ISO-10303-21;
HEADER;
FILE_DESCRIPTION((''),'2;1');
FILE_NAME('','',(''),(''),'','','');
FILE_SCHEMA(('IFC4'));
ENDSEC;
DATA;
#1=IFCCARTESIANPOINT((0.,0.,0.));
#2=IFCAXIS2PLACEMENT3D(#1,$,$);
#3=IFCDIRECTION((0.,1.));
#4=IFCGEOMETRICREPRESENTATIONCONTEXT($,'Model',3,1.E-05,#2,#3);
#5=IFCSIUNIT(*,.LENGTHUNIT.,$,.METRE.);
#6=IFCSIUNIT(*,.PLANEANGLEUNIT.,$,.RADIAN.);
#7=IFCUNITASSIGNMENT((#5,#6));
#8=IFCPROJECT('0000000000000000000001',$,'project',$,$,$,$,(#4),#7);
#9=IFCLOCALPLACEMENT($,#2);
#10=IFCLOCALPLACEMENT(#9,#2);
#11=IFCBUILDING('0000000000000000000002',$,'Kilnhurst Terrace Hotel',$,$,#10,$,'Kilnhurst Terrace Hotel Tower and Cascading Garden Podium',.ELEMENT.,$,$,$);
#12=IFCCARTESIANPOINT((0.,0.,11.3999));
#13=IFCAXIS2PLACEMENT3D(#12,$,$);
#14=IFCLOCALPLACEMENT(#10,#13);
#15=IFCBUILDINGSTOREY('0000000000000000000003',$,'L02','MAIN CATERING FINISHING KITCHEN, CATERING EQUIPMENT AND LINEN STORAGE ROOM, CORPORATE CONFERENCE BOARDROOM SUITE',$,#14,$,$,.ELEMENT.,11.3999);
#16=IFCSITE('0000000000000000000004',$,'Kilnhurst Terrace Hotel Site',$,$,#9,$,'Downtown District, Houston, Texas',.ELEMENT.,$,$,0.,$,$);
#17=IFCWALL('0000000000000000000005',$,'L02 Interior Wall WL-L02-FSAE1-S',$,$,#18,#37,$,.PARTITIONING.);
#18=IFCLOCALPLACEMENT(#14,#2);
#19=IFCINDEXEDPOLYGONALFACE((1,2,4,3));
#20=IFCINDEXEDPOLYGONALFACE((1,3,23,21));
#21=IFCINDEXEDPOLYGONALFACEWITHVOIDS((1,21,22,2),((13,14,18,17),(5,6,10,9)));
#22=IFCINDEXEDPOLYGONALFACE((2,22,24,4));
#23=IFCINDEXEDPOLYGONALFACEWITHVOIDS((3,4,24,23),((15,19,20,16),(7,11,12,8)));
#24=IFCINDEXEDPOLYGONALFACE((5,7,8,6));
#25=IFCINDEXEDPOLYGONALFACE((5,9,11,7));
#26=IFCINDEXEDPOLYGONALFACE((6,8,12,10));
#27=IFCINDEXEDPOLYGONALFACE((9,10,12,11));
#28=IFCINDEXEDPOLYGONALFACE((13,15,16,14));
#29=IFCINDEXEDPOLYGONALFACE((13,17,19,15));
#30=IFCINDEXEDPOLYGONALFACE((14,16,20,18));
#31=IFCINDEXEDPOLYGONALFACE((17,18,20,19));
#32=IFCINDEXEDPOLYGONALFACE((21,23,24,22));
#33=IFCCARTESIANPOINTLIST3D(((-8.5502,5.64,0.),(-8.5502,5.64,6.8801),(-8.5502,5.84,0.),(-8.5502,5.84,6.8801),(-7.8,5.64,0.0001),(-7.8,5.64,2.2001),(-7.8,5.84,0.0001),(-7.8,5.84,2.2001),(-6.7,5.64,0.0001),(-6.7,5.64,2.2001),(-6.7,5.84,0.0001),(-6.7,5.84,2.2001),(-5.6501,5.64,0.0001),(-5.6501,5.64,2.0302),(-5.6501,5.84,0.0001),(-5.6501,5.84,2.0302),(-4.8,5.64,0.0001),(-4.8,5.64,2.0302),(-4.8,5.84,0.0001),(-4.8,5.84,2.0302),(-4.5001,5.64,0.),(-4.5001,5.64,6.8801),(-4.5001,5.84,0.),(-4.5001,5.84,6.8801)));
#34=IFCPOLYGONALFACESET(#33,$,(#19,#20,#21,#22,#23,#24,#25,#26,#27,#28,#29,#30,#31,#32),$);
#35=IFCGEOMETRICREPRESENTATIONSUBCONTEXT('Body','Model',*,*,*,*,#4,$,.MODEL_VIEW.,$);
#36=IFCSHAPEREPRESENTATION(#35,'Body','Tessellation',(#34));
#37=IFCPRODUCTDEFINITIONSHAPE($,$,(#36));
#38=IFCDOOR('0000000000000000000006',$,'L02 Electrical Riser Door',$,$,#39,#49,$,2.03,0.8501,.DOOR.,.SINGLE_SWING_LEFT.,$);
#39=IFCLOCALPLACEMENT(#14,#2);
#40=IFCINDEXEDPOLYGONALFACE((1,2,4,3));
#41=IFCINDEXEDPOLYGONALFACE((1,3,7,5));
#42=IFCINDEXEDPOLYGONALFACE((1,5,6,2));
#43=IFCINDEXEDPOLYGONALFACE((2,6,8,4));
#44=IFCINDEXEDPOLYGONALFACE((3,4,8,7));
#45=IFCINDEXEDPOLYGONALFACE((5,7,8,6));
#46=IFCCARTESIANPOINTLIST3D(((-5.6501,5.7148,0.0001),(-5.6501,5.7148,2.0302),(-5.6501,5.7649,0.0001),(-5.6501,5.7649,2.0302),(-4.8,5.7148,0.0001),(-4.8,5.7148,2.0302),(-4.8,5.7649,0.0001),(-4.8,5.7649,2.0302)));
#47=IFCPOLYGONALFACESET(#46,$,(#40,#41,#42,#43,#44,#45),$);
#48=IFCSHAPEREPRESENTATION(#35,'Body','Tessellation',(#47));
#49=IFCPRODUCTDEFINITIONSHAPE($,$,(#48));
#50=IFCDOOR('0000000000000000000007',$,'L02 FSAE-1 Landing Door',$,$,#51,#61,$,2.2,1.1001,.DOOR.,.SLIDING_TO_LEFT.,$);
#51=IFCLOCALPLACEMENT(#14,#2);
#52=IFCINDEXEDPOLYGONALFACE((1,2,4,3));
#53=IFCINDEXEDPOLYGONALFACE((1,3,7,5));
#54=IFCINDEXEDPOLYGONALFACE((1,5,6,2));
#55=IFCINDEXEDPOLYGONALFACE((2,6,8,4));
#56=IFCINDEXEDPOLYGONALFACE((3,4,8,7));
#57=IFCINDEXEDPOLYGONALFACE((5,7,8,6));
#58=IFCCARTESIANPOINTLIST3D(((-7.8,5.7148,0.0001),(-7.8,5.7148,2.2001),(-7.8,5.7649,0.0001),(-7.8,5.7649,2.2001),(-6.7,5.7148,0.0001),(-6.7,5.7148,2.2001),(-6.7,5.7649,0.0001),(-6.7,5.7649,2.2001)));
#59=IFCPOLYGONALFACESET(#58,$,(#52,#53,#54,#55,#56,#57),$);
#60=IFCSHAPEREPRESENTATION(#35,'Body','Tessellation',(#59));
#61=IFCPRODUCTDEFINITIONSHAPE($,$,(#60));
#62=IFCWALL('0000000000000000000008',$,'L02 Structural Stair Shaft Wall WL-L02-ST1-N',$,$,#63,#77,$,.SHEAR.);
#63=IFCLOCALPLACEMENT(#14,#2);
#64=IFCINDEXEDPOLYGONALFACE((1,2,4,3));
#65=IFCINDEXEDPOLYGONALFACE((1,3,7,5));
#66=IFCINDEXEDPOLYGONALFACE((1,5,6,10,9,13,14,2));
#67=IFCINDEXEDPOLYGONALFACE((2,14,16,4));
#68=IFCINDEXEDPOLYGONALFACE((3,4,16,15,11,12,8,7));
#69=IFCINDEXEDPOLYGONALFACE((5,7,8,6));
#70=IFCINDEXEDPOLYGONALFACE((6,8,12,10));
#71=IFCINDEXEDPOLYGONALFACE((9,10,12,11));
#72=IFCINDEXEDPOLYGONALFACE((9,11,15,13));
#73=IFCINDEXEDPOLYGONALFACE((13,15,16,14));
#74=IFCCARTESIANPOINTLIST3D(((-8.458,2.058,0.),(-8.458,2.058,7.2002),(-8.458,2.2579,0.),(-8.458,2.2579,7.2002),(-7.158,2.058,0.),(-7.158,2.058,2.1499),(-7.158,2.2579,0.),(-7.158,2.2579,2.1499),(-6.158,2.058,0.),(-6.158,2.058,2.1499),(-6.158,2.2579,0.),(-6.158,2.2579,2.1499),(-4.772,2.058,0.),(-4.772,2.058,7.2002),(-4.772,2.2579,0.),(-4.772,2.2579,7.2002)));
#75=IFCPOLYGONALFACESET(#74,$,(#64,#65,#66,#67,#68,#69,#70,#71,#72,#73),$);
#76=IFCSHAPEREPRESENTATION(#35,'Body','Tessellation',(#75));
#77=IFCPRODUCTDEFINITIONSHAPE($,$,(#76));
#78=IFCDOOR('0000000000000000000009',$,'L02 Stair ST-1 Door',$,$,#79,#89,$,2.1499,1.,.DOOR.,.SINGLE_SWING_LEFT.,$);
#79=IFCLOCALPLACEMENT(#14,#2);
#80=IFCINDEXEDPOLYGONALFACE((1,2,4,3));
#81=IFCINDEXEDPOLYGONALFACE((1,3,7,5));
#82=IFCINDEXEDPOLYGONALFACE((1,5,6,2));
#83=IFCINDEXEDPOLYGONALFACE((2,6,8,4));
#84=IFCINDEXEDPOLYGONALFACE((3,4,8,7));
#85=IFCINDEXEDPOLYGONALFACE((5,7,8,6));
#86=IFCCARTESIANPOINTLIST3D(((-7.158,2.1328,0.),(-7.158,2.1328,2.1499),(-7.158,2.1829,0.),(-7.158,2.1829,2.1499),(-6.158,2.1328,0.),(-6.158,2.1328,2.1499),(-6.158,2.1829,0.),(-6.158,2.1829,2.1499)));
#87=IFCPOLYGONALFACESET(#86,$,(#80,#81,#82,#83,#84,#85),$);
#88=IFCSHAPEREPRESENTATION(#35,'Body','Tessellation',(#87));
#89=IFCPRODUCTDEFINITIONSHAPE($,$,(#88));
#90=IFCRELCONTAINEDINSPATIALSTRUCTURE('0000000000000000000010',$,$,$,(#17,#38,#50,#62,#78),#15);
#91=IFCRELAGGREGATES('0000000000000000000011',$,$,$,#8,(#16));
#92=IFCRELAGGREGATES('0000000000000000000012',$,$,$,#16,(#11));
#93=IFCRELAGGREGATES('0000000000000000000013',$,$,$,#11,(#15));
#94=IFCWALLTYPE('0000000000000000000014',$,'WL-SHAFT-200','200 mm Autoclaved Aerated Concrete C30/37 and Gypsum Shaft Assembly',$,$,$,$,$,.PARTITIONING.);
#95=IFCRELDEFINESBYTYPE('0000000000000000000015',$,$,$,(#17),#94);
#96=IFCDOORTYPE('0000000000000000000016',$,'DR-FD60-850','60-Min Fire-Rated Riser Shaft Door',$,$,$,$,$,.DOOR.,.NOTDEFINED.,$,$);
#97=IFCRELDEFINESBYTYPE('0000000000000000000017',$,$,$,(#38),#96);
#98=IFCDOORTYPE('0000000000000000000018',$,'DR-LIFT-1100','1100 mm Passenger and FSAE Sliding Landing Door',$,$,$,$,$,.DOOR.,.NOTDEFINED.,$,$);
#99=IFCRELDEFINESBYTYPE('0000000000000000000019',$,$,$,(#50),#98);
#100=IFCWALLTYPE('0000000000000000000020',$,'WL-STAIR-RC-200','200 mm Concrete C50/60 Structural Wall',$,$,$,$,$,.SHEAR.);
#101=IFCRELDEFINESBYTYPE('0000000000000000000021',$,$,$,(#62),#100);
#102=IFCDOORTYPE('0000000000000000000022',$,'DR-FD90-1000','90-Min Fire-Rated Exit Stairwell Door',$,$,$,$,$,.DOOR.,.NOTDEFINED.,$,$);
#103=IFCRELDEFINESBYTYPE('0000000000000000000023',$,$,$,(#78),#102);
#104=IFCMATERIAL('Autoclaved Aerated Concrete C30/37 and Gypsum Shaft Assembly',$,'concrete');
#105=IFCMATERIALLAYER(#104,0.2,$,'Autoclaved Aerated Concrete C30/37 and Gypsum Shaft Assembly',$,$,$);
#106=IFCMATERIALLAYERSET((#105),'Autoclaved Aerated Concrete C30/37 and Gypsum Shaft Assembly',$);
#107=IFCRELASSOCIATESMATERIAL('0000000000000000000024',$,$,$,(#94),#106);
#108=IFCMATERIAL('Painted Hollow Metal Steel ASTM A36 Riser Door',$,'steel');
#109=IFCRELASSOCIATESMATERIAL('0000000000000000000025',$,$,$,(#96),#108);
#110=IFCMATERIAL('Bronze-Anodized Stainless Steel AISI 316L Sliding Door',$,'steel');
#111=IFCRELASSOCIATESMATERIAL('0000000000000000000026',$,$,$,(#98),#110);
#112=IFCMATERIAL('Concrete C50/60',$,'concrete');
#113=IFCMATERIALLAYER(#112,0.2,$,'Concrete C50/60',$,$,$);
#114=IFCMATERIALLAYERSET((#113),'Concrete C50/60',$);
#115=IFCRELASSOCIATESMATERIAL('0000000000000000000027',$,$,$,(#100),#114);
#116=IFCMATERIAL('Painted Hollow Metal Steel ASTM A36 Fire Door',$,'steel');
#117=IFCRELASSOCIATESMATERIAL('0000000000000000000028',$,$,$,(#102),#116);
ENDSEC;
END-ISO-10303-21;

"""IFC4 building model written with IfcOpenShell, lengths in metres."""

from ifc_helpers import new_model, si_unit, direction, frame, frame_2d, origin, place, context, subcontext, project, spatial, rectangle, extrude, material, layer, layer_set, type_object, element, fill, save


model = new_model("IFC4")

# Units and contexts
model_context = context("Model", 3, precision=1e-05, world=origin(), true_north=direction((0.0, 1.0)))
body_context = subcontext(model_context, "Body", "Model", "MODEL_VIEW")
ifc_project = project(units=[si_unit("LENGTHUNIT", "METRE"), si_unit("PLANEANGLEUNIT", "RADIAN")], contexts=[model_context])

# Site, building, storey
site_placement = place(None, origin())
site = spatial("IfcSite", under=ifc_project, at=site_placement, Name="Kilnhurst Terrace Hotel Site", LongName="Downtown District, Houston, Texas", CompositionType="ELEMENT", RefElevation=0.0)
building_placement = place(site_placement, origin())
building = spatial("IfcBuilding", under=site, at=building_placement, Name="Kilnhurst Terrace Hotel", LongName="Kilnhurst Terrace Hotel Tower and Cascading Garden Podium", CompositionType="ELEMENT")
storey_placement = place(building_placement, frame((0.0, 0.0, 11.3999)))
storey = spatial("IfcBuildingStorey", under=building, at=storey_placement, Name="L02", Description="MAIN CATERING FINISHING KITCHEN, CATERING EQUIPMENT AND LINEN STORAGE ROOM, CORPORATE CONFERENCE BOARDROOM SUITE", CompositionType="ELEMENT", Elevation=11.3999)

# Shared definitions
ifc_material_1 = material(Name="Concrete C50/60", Category="concrete")

# Wall, openings, doors
ifc_material_2 = material(Name="Autoclaved Aerated Concrete C30/37 and Gypsum Shaft Assembly", Category="concrete")
ifc_layer_1 = layer(ifc_material_2, 0.2, Name="Autoclaved Aerated Concrete C30/37 and Gypsum Shaft Assembly")
ifc_layer_set_1 = layer_set([ifc_layer_1], Name="Autoclaved Aerated Concrete C30/37 and Gypsum Shaft Assembly")
wall_type_1 = type_object("IfcWallType", Name="WL-SHAFT-200", Description="200 mm Autoclaved Aerated Concrete C30/37 and Gypsum Shaft Assembly", PredefinedType="PARTITIONING", material=ifc_layer_set_1)
wall_1_placement = place(storey_placement, frame((-8.55, 5.74, 0.0), z_axis=(0.0, 0.0, 1.0), x_axis=(1.0, 0.0, 0.0)))
wall_1 = element("IfcWall", 1, at=wall_1_placement, inside=storey, type_object=wall_type_1, Name="L02 Interior Wall WL-L02-FSAE1-S", PredefinedType="PARTITIONING", context=body_context, shape_type="SweptSolid", body=[
    extrude(rectangle(XDim=4.05, YDim=0.2, at=frame_2d((2.0249, 0.0))), origin(), (0.0, 0.0, 1.0), 6.8801),
])
opening_1_placement = place(wall_1_placement, frame((0.75, 0.0, 0.0)))
opening_1 = element("IfcOpeningElement", 2, at=opening_1_placement, cuts=wall_1, PredefinedType="OPENING", context=body_context, shape_type="SweptSolid", body=[
    extrude(rectangle(XDim=1.1001, YDim=2.2, at=frame_2d((0.55, 1.1001))), frame((0.0, 0.1099, 0.0), z_axis=(0.0, -1.0, 0.0), x_axis=(1.0, 0.0, 0.0)), (0.0, 0.0, 1.0), 0.22),
])
opening_2_placement = place(wall_1_placement, frame((2.8999, 0.0, 0.0)))
opening_2 = element("IfcOpeningElement", 3, at=opening_2_placement, cuts=wall_1, PredefinedType="OPENING", context=body_context, shape_type="SweptSolid", body=[
    extrude(rectangle(XDim=0.8501, YDim=2.03, at=frame_2d((0.425, 1.0151))), frame((0.0, 0.1099, 0.0), z_axis=(0.0, -1.0, 0.0), x_axis=(1.0, 0.0, 0.0)), (0.0, 0.0, 1.0), 0.22),
])
ifc_material_3 = material(Name="Painted Hollow Metal Steel ASTM A36 Riser Door", Category="steel")
door_type_1 = type_object("IfcDoorType", Name="DR-FD60-850", Description="60-Min Fire-Rated Riser Shaft Door", OperationType="NOTDEFINED", PredefinedType="DOOR", material=ifc_material_3)
door_1_placement = place(opening_2_placement, origin())
door_1 = element("IfcDoor", 4, at=door_1_placement, inside=storey, type_object=door_type_1, Name="L02 Electrical Riser Door", OperationType="SINGLE_SWING_LEFT", OverallHeight=2.03, OverallWidth=0.8501, PredefinedType="DOOR", context=body_context, shape_type="SweptSolid", body=[
    extrude(rectangle(XDim=0.8501, YDim=2.03, at=frame_2d((0.425, 1.0151))), frame((0.0, 0.0249, 0.0), z_axis=(0.0, -1.0, 0.0), x_axis=(1.0, 0.0, 0.0)), (0.0, 0.0, 1.0), 0.05),
])
fill(opening_2, door_1)
ifc_material_4 = material(Name="Bronze-Anodized Stainless Steel AISI 316L Sliding Door", Category="steel")
door_type_2 = type_object("IfcDoorType", Name="DR-LIFT-1100", Description="1100 mm Passenger and FSAE Sliding Landing Door", OperationType="NOTDEFINED", PredefinedType="DOOR", material=ifc_material_4)
door_2_placement = place(opening_1_placement, origin())
door_2 = element("IfcDoor", 5, at=door_2_placement, inside=storey, type_object=door_type_2, Name="L02 FSAE-1 Landing Door", OperationType="SLIDING_TO_LEFT", OverallHeight=2.2, OverallWidth=1.1001, PredefinedType="DOOR", context=body_context, shape_type="SweptSolid", body=[
    extrude(rectangle(XDim=1.1001, YDim=2.2, at=frame_2d((0.55, 1.1001))), frame((0.0, 0.0249, 0.0), z_axis=(0.0, -1.0, 0.0), x_axis=(1.0, 0.0, 0.0)), (0.0, 0.0, 1.0), 0.05),
])
fill(opening_1, door_2)

# Wall, opening, door
ifc_layer_2 = layer(ifc_material_1, 0.2, Name="Concrete C50/60")
ifc_layer_set_2 = layer_set([ifc_layer_2], Name="Concrete C50/60")
wall_type_2 = type_object("IfcWallType", Name="WL-STAIR-RC-200", Description="200 mm Concrete C50/60 Structural Wall", PredefinedType="SHEAR", material=ifc_layer_set_2)
wall_2_placement = place(storey_placement, frame((-8.458, 2.158, 0.0), z_axis=(0.0, 0.0, 1.0), x_axis=(1.0, 0.0, 0.0)))
wall_2 = element("IfcWall", 6, at=wall_2_placement, inside=storey, type_object=wall_type_2, Name="L02 Structural Stair Shaft Wall WL-L02-ST1-N", PredefinedType="SHEAR", context=body_context, shape_type="SweptSolid", body=[
    extrude(rectangle(XDim=3.686, YDim=0.2, at=frame_2d((1.843, 0.0))), origin(), (0.0, 0.0, 1.0), 7.2002),
])
opening_3_placement = place(wall_2_placement, frame((1.3, 0.0, 0.0)))
opening_3 = element("IfcOpeningElement", 7, at=opening_3_placement, cuts=wall_2, PredefinedType="OPENING", context=body_context, shape_type="SweptSolid", body=[
    extrude(rectangle(XDim=1.0, YDim=2.1499, at=frame_2d((0.5, 1.075))), frame((0.0, 0.1099, 0.0), z_axis=(0.0, -1.0, 0.0), x_axis=(1.0, 0.0, 0.0)), (0.0, 0.0, 1.0), 0.22),
])
ifc_material_5 = material(Name="Painted Hollow Metal Steel ASTM A36 Fire Door", Category="steel")
door_type_3 = type_object("IfcDoorType", Name="DR-FD90-1000", Description="90-Min Fire-Rated Exit Stairwell Door", OperationType="NOTDEFINED", PredefinedType="DOOR", material=ifc_material_5)
door_3_placement = place(opening_3_placement, origin())
door_3 = element("IfcDoor", 8, at=door_3_placement, inside=storey, type_object=door_type_3, Name="L02 Stair ST-1 Door", OperationType="SINGLE_SWING_LEFT", OverallHeight=2.1499, OverallWidth=1.0, PredefinedType="DOOR", context=body_context, shape_type="SweptSolid", body=[
    extrude(rectangle(XDim=1.0, YDim=2.1499, at=frame_2d((0.5, 1.075))), frame((0.0, 0.0249, 0.0), z_axis=(0.0, -1.0, 0.0), x_axis=(1.0, 0.0, 0.0)), (0.0, 0.0, 1.0), 0.05),
])
fill(opening_3, door_3)

save(model, "model.ifc")
